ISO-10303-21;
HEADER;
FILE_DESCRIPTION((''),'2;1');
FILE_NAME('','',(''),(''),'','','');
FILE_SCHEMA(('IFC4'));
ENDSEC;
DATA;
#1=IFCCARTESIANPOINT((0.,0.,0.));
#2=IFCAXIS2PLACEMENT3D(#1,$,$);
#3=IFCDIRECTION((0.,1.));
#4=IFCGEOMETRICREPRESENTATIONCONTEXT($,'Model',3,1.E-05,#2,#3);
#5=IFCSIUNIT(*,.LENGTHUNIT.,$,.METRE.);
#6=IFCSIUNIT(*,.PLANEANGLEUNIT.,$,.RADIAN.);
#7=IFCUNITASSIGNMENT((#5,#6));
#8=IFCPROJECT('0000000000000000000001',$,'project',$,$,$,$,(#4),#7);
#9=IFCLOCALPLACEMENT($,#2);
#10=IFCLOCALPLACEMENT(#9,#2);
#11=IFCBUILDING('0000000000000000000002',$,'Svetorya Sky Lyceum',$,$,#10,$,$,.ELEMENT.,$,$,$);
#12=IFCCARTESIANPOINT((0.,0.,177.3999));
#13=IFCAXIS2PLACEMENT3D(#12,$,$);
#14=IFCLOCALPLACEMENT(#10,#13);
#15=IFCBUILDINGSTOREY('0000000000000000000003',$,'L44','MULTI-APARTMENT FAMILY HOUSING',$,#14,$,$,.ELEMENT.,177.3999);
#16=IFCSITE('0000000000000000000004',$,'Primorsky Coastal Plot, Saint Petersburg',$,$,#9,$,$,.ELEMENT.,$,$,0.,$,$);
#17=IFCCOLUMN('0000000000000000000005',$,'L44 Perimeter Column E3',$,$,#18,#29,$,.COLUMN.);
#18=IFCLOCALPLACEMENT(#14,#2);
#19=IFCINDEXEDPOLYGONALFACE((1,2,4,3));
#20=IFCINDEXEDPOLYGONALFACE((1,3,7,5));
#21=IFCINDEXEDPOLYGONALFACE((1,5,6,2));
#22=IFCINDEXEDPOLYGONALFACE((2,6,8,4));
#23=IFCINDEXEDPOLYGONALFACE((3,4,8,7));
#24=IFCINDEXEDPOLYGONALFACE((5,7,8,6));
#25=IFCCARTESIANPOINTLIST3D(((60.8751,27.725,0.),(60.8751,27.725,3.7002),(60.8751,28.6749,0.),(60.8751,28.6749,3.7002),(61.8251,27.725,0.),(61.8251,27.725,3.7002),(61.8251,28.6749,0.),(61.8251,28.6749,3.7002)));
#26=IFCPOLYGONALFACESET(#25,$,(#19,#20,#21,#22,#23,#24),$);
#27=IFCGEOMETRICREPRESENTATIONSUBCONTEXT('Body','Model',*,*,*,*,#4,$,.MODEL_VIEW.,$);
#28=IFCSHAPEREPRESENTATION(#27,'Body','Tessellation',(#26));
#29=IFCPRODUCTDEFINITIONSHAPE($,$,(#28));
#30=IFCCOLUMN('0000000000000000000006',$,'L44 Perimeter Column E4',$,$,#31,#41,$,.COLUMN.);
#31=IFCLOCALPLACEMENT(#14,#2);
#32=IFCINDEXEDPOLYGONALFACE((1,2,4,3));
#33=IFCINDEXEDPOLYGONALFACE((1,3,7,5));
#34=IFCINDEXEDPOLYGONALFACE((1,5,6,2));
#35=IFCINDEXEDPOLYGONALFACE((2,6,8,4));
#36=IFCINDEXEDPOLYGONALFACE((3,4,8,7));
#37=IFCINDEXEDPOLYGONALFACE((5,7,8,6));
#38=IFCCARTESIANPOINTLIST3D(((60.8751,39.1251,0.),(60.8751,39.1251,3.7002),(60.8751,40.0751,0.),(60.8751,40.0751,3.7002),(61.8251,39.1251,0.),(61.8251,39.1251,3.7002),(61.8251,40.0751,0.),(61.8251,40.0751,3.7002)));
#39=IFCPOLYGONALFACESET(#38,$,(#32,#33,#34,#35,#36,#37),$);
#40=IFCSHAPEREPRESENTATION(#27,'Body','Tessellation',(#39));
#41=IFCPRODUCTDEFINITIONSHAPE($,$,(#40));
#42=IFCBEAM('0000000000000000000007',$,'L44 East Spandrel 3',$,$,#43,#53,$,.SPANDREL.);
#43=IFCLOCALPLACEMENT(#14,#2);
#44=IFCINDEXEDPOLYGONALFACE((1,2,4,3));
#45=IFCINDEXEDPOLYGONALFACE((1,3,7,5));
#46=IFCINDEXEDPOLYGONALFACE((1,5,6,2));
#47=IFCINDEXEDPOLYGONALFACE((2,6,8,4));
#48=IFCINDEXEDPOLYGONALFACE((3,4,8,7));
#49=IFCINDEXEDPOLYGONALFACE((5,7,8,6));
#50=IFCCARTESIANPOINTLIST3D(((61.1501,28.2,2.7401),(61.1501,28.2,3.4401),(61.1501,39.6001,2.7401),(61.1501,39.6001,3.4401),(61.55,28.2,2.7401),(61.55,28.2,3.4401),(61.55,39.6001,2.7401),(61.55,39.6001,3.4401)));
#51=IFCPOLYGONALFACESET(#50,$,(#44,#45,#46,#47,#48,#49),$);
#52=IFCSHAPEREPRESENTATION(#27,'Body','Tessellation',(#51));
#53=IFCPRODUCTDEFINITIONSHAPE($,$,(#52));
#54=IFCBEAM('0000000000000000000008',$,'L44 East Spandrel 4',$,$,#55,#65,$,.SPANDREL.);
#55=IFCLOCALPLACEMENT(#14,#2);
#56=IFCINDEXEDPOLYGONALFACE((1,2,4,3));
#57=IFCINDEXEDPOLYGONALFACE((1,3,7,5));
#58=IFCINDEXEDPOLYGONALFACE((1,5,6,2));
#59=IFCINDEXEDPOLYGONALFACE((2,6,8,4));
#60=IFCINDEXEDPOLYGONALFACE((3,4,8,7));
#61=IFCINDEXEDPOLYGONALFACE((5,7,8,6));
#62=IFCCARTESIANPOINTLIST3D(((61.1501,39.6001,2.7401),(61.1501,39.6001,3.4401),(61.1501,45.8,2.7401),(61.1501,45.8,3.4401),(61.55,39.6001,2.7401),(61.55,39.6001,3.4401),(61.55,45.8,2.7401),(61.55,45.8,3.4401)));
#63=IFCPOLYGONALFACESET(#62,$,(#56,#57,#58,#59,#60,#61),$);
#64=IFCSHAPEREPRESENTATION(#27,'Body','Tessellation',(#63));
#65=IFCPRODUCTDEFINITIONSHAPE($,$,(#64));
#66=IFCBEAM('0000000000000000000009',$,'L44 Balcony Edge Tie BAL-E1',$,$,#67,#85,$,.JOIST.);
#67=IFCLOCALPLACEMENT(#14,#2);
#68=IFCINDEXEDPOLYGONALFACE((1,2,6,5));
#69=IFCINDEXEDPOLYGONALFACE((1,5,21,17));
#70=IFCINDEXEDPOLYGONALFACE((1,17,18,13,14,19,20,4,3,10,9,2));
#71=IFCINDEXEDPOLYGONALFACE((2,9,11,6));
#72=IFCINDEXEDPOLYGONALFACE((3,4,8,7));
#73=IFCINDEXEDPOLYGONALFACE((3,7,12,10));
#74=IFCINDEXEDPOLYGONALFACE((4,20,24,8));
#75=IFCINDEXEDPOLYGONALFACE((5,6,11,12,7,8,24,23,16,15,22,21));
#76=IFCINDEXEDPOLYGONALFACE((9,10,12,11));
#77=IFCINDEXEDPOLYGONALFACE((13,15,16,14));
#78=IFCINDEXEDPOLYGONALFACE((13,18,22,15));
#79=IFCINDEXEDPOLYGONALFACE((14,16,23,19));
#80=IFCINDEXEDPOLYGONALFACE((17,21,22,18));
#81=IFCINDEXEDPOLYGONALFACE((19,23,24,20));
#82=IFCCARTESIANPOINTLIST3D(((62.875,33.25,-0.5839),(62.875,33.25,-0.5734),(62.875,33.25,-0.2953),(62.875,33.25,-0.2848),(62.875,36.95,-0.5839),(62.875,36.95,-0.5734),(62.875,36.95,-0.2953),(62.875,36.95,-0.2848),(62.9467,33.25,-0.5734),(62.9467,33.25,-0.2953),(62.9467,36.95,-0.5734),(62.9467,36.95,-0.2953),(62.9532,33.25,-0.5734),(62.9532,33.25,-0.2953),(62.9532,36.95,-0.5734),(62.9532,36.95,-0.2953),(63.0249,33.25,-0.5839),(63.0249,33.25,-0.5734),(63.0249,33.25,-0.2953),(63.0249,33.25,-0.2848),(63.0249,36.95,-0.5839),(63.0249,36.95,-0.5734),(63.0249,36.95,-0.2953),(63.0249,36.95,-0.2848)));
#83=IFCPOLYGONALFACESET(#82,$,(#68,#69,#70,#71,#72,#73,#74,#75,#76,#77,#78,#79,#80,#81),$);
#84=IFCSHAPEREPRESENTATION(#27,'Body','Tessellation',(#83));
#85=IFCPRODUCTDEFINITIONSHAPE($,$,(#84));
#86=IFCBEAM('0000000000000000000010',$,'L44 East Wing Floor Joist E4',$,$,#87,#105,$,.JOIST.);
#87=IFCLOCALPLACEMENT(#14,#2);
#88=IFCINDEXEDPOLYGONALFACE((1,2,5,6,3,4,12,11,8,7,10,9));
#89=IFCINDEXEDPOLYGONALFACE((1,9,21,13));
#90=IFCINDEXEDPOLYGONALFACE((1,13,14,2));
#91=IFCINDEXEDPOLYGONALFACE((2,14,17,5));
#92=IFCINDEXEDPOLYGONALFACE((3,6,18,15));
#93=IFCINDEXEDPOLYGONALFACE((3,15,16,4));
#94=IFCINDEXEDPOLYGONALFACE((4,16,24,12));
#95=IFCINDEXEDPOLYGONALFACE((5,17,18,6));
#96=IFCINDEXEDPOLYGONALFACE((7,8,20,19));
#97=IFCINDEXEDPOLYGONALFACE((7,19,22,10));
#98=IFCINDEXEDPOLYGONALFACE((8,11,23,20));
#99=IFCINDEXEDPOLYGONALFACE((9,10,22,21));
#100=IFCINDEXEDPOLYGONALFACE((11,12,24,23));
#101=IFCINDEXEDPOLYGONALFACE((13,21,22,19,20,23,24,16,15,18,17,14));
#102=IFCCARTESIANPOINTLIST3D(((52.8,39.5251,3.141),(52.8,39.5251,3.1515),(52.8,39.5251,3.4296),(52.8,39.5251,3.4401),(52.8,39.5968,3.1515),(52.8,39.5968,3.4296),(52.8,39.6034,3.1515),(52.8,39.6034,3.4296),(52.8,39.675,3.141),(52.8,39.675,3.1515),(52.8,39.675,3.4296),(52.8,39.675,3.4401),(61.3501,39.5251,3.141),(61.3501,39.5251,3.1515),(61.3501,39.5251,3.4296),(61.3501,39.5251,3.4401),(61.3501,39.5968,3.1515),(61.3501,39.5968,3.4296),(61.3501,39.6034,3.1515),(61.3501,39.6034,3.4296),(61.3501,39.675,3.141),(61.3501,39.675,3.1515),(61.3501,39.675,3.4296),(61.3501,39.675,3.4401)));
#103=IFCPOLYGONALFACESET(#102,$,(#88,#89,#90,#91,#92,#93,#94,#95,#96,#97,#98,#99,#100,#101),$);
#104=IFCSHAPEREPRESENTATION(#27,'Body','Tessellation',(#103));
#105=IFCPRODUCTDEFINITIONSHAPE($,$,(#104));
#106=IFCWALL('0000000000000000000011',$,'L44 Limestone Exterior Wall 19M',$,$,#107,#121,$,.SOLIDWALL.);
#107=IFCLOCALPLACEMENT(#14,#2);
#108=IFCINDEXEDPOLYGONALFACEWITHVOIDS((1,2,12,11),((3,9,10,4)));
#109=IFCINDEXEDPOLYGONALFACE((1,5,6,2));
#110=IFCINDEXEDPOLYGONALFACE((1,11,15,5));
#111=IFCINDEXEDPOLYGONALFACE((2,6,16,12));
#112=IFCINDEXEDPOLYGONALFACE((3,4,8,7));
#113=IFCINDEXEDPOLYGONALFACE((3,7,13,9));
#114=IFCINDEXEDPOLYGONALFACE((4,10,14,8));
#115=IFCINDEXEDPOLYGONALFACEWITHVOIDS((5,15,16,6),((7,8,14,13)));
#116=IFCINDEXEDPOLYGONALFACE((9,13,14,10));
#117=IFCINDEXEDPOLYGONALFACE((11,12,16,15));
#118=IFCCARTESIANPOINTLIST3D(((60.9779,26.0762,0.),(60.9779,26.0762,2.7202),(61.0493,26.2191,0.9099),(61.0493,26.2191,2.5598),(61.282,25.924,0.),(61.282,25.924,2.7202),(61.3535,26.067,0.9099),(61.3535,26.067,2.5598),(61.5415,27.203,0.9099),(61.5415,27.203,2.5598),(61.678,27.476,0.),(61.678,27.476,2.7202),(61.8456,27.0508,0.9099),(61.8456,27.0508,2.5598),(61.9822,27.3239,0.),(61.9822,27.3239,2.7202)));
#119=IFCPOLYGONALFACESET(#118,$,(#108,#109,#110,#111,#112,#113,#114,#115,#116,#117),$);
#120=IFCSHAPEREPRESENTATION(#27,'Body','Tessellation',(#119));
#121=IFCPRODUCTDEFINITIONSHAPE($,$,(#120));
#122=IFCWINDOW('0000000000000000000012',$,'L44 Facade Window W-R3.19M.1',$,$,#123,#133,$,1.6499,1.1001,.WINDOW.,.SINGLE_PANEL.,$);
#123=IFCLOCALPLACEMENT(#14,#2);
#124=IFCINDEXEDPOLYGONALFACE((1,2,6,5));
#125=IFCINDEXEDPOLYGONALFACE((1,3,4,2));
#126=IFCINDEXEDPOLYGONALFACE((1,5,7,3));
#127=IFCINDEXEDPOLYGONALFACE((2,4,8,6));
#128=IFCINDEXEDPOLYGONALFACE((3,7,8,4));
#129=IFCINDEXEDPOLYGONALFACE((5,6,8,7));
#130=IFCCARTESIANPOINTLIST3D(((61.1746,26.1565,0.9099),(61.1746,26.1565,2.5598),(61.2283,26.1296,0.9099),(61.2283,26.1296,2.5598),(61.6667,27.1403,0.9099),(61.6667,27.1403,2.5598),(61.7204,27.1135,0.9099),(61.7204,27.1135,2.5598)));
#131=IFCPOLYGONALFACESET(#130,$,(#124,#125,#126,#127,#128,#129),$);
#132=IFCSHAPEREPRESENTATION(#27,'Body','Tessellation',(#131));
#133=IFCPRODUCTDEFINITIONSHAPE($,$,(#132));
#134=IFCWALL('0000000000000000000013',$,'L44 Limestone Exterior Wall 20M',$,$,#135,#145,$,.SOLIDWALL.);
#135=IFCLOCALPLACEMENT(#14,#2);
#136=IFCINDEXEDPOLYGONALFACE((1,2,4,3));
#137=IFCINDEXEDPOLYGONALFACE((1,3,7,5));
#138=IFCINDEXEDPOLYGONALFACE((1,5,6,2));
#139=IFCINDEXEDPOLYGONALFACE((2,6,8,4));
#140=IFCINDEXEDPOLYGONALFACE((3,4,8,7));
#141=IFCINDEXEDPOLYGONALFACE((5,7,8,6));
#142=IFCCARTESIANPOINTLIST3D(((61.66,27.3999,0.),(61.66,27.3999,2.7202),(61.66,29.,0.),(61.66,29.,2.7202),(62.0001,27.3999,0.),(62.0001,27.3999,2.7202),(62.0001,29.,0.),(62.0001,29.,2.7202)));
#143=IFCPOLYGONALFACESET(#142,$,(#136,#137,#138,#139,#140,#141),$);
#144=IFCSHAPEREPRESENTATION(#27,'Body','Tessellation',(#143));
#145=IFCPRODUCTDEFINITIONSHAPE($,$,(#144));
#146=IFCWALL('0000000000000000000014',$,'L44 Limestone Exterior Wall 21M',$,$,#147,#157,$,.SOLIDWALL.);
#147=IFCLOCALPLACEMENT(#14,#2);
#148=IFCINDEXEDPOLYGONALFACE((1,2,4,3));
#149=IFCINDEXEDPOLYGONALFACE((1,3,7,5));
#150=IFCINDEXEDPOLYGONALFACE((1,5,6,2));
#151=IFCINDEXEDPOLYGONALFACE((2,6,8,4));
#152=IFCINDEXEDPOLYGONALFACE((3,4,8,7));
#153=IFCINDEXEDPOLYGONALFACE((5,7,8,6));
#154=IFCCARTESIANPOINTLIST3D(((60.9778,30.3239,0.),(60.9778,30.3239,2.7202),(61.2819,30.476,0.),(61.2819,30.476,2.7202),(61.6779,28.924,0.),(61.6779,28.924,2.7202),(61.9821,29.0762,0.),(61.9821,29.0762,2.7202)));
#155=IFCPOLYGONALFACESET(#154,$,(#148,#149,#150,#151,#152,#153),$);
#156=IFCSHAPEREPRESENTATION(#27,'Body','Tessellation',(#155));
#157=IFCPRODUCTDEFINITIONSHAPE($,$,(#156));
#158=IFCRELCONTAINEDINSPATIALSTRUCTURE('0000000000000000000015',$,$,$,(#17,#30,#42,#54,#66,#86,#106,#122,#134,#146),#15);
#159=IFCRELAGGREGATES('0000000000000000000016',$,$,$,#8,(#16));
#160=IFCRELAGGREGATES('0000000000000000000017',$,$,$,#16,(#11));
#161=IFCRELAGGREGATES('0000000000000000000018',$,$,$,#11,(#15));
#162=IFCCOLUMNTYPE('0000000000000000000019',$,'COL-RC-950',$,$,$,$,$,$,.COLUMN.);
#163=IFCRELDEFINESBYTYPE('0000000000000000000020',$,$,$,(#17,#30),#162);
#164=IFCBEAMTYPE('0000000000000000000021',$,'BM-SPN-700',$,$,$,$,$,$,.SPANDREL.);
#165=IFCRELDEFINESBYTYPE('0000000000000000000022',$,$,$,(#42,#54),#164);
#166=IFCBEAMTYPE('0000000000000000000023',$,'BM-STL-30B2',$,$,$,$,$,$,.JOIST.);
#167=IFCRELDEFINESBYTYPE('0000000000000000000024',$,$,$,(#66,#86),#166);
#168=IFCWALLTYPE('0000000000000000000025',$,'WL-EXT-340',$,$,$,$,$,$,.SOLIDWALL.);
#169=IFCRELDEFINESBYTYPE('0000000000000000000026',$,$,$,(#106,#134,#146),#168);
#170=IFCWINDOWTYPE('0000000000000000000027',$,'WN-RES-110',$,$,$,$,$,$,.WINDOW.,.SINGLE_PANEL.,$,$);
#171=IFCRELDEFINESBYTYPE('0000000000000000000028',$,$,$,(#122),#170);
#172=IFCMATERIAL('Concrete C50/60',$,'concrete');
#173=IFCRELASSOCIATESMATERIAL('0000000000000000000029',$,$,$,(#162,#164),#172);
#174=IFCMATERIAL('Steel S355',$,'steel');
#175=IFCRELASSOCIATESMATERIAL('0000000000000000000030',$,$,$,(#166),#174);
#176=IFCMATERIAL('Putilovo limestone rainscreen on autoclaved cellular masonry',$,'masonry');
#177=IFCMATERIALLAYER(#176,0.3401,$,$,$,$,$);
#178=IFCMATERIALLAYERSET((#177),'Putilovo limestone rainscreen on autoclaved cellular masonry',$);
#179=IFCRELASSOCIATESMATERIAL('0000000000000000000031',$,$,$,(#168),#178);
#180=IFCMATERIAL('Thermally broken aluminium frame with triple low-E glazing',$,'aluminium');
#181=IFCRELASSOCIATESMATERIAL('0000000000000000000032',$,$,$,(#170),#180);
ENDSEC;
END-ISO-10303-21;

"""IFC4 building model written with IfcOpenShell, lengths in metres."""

from ifc_helpers import new_model, si_unit, direction, frame, frame_2d, origin, origin_2d, place, context, subcontext, project, spatial, rectangle, i_section, extrude, material, layer, layer_set, material_profile, profile_set, type_object, element, fill, save


model = new_model("IFC4")

# Units and contexts
model_context = context("Model", 3, precision=1e-05, world=origin(), true_north=direction((0.0, 1.0)))
body_context = subcontext(model_context, "Body", "Model", "MODEL_VIEW")
ifc_project = project(units=[si_unit("LENGTHUNIT", "METRE"), si_unit("PLANEANGLEUNIT", "RADIAN")], contexts=[model_context])

# Site, building, storey
site_placement = place(None, origin())
site = spatial("IfcSite", under=ifc_project, at=site_placement, Name="Primorsky Coastal Plot, Saint Petersburg", CompositionType="ELEMENT", RefElevation=0.0)
building_placement = place(site_placement, origin())
building = spatial("IfcBuilding", under=site, at=building_placement, Name="Svetorya Sky Lyceum", CompositionType="ELEMENT")
storey_placement = place(building_placement, frame((0.0, 0.0, 177.3999)))
storey = spatial("IfcBuildingStorey", under=building, at=storey_placement, Name="L44", Description="MULTI-APARTMENT FAMILY HOUSING", CompositionType="ELEMENT", Elevation=177.3999)

# Columns
ifc_material_1 = material(Name="Concrete C50/60", Category="concrete")
ifc_material_profile_1 = material_profile(ifc_material_1, rectangle(XDim=0.95, YDim=0.95, at=origin_2d()), Name="RC COL 950x950")
ifc_profile_set_1 = profile_set([ifc_material_profile_1], Name="Concrete C50/60")
column_type = type_object("IfcColumnType", Name="COL-RC-950", PredefinedType="COLUMN", material=ifc_profile_set_1)
for number, where, z_axis, x_axis, name in (
    (1, (61.3501, 28.2, 0.0), (0.0, 0.0, 1.0), (1.0, 0.0, 0.0), "L44 Perimeter Column E3"),
    (2, (61.3501, 39.6001, 0.0), (0.0, 0.0, 1.0), (1.0, 0.0, 0.0), "L44 Perimeter Column E4"),
):
    element("IfcColumn", number, at=place(storey_placement, frame(where, z_axis=z_axis, x_axis=x_axis)), inside=storey, type_object=column_type, Name=name, PredefinedType="COLUMN", context=body_context, shape_type="SweptSolid", body=[
        extrude(rectangle(XDim=0.95, YDim=0.95, at=origin_2d()), origin(), (0.0, 0.0, 1.0), 3.7002),
    ])

# Beams
ifc_material_profile_2 = material_profile(ifc_material_1, rectangle(XDim=0.3999, YDim=0.7, at=origin_2d()), Name="RC SPANDREL 400x700")
ifc_profile_set_2 = profile_set([ifc_material_profile_2], Name="Concrete C50/60")
beam_type_1 = type_object("IfcBeamType", Name="BM-SPN-700", PredefinedType="SPANDREL", material=ifc_profile_set_2)
beam_1_placement = place(storey_placement, frame((61.3501, 28.2, 3.0901), z_axis=(0.0, 1.0, 0.0), x_axis=(-1.0, 0.0, 0.0)))
element("IfcBeam", 3, at=beam_1_placement, inside=storey, type_object=beam_type_1, Name="L44 East Spandrel 3", PredefinedType="SPANDREL", context=body_context, shape_type="SweptSolid", body=[
    extrude(rectangle(XDim=0.3999, YDim=0.7, at=origin_2d()), origin(), (0.0, 0.0, 1.0), 11.4001),
])
beam_2_placement = place(storey_placement, frame((61.3501, 39.6001, 3.0901), z_axis=(0.0, 1.0, 0.0), x_axis=(-1.0, 0.0, 0.0)))
element("IfcBeam", 4, at=beam_2_placement, inside=storey, type_object=beam_type_1, Name="L44 East Spandrel 4", PredefinedType="SPANDREL", context=body_context, shape_type="SweptSolid", body=[
    extrude(rectangle(XDim=0.3999, YDim=0.7, at=origin_2d()), origin(), (0.0, 0.0, 1.0), 6.2),
])
ifc_material_2 = material(Name="Steel S355", Category="steel")
ifc_material_profile_3 = material_profile(ifc_material_2, i_section(OverallWidth=0.1499, OverallDepth=0.2991, WebThickness=0.0066, FlangeThickness=0.0105, at=origin_2d()), Name="GOST 30B2")
ifc_profile_set_3 = profile_set([ifc_material_profile_3], Name="Steel S355")
beam_type_2 = type_object("IfcBeamType", Name="BM-STL-30B2", PredefinedType="JOIST", material=ifc_profile_set_3)
beam_3_placement = place(storey_placement, frame((62.95, 33.25, -0.4343), z_axis=(0.0, 1.0, 0.0), x_axis=(-1.0, 0.0, 0.0)))
element("IfcBeam", 5, at=beam_3_placement, inside=storey, type_object=beam_type_2, Name="L44 Balcony Edge Tie BAL-E1", PredefinedType="JOIST", context=body_context, shape_type="SweptSolid", body=[
    extrude(i_section(OverallWidth=0.1499, OverallDepth=0.2991, WebThickness=0.0066, FlangeThickness=0.0105, at=origin_2d()), origin(), (0.0, 0.0, 1.0), 3.7),
])
beam_4_placement = place(storey_placement, frame((52.8, 39.6001, 3.2905), z_axis=(1.0, 0.0, 0.0), x_axis=(0.0, 1.0, 0.0)))
element("IfcBeam", 6, at=beam_4_placement, inside=storey, type_object=beam_type_2, Name="L44 East Wing Floor Joist E4", PredefinedType="JOIST", context=body_context, shape_type="SweptSolid", body=[
    extrude(i_section(OverallWidth=0.1499, OverallDepth=0.2991, WebThickness=0.0066, FlangeThickness=0.0105, at=origin_2d()), origin(), (0.0, 0.0, 1.0), 8.55),
])

# Wall, opening, window
ifc_material_3 = material(Name="Putilovo limestone rainscreen on autoclaved cellular masonry", Category="masonry")
ifc_layer_1 = layer(ifc_material_3, 0.3401)
ifc_layer_set_1 = layer_set([ifc_layer_1], Name="Putilovo limestone rainscreen on autoclaved cellular masonry")
wall_type_1 = type_object("IfcWallType", Name="WL-EXT-340", PredefinedType="SOLIDWALL", material=ifc_layer_set_1)
wall_1_placement = place(storey_placement, frame((61.1299, 26.0, 0.0), z_axis=(0.0, 0.0, 1.0), x_axis=(0.447338, 0.894365, 0.0)))
wall_1 = element("IfcWall", 7, at=wall_1_placement, inside=storey, type_object=wall_type_1, Name="L44 Limestone Exterior Wall 19M", PredefinedType="SOLIDWALL", context=body_context, shape_type="SweptSolid", body=[
    extrude(rectangle(XDim=1.5652, YDim=0.3401, at=frame_2d((0.7827, 0.0))), origin(), (0.0, 0.0, 1.0), 2.7202),
])
opening_1_placement = place(wall_1_placement, frame((0.1599, 0.0, 0.9099)))
opening_1 = element("IfcOpeningElement", 8, at=opening_1_placement, cuts=wall_1, PredefinedType="OPENING", context=body_context, shape_type="SweptSolid", body=[
    extrude(rectangle(XDim=1.1001, YDim=1.6499, at=frame_2d((0.55, 0.825))), frame((0.0, 0.1799, 0.0), z_axis=(0.0, -1.0, 0.0), x_axis=(1.0, 0.0, 0.0)), (0.0, 0.0, 1.0), 0.3601),
])
ifc_material_4 = material(Name="Thermally broken aluminium frame with triple low-E glazing", Category="aluminium")
window_type_1 = type_object("IfcWindowType", Name="WN-RES-110", PartitioningType="SINGLE_PANEL", PredefinedType="WINDOW", material=ifc_material_4)
window_1_placement = place(opening_1_placement, origin())
window_1 = element("IfcWindow", 9, at=window_1_placement, inside=storey, type_object=window_type_1, Name="L44 Facade Window W-R3.19M.1", OverallHeight=1.6499, OverallWidth=1.1001, PartitioningType="SINGLE_PANEL", PredefinedType="WINDOW", context=body_context, shape_type="SweptSolid", body=[
    extrude(rectangle(XDim=1.1001, YDim=1.6499, at=frame_2d((0.55, 0.825))), frame((0.0, 0.03, 0.0), z_axis=(0.0, -1.0, 0.0), x_axis=(1.0, 0.0, 0.0)), (0.0, 0.0, 1.0), 0.0601),
])
fill(opening_1, window_1)

# Walls
wall_2_placement = place(storey_placement, frame((61.8301, 27.3999, 0.0), z_axis=(0.0, 0.0, 1.0), x_axis=(0.0, 1.0, 0.0)))
element("IfcWall", 10, at=wall_2_placement, inside=storey, type_object=wall_type_1, Name="L44 Limestone Exterior Wall 20M", PredefinedType="SOLIDWALL", context=body_context, shape_type="SweptSolid", body=[
    extrude(rectangle(XDim=1.6001, YDim=0.3401, at=frame_2d((0.8, 0.0))), origin(), (0.0, 0.0, 1.0), 2.7202),
])
wall_3_placement = place(storey_placement, frame((61.8301, 29.0, 0.0), z_axis=(0.0, 0.0, 1.0), x_axis=(-0.447338, 0.894365, 0.0)))
element("IfcWall", 11, at=wall_3_placement, inside=storey, type_object=wall_type_1, Name="L44 Limestone Exterior Wall 21M", PredefinedType="SOLIDWALL", context=body_context, shape_type="SweptSolid", body=[
    extrude(rectangle(XDim=1.5652, YDim=0.3401, at=frame_2d((0.7827, 0.0))), origin(), (0.0, 0.0, 1.0), 2.7202),
])

save(model, "model.ifc")
